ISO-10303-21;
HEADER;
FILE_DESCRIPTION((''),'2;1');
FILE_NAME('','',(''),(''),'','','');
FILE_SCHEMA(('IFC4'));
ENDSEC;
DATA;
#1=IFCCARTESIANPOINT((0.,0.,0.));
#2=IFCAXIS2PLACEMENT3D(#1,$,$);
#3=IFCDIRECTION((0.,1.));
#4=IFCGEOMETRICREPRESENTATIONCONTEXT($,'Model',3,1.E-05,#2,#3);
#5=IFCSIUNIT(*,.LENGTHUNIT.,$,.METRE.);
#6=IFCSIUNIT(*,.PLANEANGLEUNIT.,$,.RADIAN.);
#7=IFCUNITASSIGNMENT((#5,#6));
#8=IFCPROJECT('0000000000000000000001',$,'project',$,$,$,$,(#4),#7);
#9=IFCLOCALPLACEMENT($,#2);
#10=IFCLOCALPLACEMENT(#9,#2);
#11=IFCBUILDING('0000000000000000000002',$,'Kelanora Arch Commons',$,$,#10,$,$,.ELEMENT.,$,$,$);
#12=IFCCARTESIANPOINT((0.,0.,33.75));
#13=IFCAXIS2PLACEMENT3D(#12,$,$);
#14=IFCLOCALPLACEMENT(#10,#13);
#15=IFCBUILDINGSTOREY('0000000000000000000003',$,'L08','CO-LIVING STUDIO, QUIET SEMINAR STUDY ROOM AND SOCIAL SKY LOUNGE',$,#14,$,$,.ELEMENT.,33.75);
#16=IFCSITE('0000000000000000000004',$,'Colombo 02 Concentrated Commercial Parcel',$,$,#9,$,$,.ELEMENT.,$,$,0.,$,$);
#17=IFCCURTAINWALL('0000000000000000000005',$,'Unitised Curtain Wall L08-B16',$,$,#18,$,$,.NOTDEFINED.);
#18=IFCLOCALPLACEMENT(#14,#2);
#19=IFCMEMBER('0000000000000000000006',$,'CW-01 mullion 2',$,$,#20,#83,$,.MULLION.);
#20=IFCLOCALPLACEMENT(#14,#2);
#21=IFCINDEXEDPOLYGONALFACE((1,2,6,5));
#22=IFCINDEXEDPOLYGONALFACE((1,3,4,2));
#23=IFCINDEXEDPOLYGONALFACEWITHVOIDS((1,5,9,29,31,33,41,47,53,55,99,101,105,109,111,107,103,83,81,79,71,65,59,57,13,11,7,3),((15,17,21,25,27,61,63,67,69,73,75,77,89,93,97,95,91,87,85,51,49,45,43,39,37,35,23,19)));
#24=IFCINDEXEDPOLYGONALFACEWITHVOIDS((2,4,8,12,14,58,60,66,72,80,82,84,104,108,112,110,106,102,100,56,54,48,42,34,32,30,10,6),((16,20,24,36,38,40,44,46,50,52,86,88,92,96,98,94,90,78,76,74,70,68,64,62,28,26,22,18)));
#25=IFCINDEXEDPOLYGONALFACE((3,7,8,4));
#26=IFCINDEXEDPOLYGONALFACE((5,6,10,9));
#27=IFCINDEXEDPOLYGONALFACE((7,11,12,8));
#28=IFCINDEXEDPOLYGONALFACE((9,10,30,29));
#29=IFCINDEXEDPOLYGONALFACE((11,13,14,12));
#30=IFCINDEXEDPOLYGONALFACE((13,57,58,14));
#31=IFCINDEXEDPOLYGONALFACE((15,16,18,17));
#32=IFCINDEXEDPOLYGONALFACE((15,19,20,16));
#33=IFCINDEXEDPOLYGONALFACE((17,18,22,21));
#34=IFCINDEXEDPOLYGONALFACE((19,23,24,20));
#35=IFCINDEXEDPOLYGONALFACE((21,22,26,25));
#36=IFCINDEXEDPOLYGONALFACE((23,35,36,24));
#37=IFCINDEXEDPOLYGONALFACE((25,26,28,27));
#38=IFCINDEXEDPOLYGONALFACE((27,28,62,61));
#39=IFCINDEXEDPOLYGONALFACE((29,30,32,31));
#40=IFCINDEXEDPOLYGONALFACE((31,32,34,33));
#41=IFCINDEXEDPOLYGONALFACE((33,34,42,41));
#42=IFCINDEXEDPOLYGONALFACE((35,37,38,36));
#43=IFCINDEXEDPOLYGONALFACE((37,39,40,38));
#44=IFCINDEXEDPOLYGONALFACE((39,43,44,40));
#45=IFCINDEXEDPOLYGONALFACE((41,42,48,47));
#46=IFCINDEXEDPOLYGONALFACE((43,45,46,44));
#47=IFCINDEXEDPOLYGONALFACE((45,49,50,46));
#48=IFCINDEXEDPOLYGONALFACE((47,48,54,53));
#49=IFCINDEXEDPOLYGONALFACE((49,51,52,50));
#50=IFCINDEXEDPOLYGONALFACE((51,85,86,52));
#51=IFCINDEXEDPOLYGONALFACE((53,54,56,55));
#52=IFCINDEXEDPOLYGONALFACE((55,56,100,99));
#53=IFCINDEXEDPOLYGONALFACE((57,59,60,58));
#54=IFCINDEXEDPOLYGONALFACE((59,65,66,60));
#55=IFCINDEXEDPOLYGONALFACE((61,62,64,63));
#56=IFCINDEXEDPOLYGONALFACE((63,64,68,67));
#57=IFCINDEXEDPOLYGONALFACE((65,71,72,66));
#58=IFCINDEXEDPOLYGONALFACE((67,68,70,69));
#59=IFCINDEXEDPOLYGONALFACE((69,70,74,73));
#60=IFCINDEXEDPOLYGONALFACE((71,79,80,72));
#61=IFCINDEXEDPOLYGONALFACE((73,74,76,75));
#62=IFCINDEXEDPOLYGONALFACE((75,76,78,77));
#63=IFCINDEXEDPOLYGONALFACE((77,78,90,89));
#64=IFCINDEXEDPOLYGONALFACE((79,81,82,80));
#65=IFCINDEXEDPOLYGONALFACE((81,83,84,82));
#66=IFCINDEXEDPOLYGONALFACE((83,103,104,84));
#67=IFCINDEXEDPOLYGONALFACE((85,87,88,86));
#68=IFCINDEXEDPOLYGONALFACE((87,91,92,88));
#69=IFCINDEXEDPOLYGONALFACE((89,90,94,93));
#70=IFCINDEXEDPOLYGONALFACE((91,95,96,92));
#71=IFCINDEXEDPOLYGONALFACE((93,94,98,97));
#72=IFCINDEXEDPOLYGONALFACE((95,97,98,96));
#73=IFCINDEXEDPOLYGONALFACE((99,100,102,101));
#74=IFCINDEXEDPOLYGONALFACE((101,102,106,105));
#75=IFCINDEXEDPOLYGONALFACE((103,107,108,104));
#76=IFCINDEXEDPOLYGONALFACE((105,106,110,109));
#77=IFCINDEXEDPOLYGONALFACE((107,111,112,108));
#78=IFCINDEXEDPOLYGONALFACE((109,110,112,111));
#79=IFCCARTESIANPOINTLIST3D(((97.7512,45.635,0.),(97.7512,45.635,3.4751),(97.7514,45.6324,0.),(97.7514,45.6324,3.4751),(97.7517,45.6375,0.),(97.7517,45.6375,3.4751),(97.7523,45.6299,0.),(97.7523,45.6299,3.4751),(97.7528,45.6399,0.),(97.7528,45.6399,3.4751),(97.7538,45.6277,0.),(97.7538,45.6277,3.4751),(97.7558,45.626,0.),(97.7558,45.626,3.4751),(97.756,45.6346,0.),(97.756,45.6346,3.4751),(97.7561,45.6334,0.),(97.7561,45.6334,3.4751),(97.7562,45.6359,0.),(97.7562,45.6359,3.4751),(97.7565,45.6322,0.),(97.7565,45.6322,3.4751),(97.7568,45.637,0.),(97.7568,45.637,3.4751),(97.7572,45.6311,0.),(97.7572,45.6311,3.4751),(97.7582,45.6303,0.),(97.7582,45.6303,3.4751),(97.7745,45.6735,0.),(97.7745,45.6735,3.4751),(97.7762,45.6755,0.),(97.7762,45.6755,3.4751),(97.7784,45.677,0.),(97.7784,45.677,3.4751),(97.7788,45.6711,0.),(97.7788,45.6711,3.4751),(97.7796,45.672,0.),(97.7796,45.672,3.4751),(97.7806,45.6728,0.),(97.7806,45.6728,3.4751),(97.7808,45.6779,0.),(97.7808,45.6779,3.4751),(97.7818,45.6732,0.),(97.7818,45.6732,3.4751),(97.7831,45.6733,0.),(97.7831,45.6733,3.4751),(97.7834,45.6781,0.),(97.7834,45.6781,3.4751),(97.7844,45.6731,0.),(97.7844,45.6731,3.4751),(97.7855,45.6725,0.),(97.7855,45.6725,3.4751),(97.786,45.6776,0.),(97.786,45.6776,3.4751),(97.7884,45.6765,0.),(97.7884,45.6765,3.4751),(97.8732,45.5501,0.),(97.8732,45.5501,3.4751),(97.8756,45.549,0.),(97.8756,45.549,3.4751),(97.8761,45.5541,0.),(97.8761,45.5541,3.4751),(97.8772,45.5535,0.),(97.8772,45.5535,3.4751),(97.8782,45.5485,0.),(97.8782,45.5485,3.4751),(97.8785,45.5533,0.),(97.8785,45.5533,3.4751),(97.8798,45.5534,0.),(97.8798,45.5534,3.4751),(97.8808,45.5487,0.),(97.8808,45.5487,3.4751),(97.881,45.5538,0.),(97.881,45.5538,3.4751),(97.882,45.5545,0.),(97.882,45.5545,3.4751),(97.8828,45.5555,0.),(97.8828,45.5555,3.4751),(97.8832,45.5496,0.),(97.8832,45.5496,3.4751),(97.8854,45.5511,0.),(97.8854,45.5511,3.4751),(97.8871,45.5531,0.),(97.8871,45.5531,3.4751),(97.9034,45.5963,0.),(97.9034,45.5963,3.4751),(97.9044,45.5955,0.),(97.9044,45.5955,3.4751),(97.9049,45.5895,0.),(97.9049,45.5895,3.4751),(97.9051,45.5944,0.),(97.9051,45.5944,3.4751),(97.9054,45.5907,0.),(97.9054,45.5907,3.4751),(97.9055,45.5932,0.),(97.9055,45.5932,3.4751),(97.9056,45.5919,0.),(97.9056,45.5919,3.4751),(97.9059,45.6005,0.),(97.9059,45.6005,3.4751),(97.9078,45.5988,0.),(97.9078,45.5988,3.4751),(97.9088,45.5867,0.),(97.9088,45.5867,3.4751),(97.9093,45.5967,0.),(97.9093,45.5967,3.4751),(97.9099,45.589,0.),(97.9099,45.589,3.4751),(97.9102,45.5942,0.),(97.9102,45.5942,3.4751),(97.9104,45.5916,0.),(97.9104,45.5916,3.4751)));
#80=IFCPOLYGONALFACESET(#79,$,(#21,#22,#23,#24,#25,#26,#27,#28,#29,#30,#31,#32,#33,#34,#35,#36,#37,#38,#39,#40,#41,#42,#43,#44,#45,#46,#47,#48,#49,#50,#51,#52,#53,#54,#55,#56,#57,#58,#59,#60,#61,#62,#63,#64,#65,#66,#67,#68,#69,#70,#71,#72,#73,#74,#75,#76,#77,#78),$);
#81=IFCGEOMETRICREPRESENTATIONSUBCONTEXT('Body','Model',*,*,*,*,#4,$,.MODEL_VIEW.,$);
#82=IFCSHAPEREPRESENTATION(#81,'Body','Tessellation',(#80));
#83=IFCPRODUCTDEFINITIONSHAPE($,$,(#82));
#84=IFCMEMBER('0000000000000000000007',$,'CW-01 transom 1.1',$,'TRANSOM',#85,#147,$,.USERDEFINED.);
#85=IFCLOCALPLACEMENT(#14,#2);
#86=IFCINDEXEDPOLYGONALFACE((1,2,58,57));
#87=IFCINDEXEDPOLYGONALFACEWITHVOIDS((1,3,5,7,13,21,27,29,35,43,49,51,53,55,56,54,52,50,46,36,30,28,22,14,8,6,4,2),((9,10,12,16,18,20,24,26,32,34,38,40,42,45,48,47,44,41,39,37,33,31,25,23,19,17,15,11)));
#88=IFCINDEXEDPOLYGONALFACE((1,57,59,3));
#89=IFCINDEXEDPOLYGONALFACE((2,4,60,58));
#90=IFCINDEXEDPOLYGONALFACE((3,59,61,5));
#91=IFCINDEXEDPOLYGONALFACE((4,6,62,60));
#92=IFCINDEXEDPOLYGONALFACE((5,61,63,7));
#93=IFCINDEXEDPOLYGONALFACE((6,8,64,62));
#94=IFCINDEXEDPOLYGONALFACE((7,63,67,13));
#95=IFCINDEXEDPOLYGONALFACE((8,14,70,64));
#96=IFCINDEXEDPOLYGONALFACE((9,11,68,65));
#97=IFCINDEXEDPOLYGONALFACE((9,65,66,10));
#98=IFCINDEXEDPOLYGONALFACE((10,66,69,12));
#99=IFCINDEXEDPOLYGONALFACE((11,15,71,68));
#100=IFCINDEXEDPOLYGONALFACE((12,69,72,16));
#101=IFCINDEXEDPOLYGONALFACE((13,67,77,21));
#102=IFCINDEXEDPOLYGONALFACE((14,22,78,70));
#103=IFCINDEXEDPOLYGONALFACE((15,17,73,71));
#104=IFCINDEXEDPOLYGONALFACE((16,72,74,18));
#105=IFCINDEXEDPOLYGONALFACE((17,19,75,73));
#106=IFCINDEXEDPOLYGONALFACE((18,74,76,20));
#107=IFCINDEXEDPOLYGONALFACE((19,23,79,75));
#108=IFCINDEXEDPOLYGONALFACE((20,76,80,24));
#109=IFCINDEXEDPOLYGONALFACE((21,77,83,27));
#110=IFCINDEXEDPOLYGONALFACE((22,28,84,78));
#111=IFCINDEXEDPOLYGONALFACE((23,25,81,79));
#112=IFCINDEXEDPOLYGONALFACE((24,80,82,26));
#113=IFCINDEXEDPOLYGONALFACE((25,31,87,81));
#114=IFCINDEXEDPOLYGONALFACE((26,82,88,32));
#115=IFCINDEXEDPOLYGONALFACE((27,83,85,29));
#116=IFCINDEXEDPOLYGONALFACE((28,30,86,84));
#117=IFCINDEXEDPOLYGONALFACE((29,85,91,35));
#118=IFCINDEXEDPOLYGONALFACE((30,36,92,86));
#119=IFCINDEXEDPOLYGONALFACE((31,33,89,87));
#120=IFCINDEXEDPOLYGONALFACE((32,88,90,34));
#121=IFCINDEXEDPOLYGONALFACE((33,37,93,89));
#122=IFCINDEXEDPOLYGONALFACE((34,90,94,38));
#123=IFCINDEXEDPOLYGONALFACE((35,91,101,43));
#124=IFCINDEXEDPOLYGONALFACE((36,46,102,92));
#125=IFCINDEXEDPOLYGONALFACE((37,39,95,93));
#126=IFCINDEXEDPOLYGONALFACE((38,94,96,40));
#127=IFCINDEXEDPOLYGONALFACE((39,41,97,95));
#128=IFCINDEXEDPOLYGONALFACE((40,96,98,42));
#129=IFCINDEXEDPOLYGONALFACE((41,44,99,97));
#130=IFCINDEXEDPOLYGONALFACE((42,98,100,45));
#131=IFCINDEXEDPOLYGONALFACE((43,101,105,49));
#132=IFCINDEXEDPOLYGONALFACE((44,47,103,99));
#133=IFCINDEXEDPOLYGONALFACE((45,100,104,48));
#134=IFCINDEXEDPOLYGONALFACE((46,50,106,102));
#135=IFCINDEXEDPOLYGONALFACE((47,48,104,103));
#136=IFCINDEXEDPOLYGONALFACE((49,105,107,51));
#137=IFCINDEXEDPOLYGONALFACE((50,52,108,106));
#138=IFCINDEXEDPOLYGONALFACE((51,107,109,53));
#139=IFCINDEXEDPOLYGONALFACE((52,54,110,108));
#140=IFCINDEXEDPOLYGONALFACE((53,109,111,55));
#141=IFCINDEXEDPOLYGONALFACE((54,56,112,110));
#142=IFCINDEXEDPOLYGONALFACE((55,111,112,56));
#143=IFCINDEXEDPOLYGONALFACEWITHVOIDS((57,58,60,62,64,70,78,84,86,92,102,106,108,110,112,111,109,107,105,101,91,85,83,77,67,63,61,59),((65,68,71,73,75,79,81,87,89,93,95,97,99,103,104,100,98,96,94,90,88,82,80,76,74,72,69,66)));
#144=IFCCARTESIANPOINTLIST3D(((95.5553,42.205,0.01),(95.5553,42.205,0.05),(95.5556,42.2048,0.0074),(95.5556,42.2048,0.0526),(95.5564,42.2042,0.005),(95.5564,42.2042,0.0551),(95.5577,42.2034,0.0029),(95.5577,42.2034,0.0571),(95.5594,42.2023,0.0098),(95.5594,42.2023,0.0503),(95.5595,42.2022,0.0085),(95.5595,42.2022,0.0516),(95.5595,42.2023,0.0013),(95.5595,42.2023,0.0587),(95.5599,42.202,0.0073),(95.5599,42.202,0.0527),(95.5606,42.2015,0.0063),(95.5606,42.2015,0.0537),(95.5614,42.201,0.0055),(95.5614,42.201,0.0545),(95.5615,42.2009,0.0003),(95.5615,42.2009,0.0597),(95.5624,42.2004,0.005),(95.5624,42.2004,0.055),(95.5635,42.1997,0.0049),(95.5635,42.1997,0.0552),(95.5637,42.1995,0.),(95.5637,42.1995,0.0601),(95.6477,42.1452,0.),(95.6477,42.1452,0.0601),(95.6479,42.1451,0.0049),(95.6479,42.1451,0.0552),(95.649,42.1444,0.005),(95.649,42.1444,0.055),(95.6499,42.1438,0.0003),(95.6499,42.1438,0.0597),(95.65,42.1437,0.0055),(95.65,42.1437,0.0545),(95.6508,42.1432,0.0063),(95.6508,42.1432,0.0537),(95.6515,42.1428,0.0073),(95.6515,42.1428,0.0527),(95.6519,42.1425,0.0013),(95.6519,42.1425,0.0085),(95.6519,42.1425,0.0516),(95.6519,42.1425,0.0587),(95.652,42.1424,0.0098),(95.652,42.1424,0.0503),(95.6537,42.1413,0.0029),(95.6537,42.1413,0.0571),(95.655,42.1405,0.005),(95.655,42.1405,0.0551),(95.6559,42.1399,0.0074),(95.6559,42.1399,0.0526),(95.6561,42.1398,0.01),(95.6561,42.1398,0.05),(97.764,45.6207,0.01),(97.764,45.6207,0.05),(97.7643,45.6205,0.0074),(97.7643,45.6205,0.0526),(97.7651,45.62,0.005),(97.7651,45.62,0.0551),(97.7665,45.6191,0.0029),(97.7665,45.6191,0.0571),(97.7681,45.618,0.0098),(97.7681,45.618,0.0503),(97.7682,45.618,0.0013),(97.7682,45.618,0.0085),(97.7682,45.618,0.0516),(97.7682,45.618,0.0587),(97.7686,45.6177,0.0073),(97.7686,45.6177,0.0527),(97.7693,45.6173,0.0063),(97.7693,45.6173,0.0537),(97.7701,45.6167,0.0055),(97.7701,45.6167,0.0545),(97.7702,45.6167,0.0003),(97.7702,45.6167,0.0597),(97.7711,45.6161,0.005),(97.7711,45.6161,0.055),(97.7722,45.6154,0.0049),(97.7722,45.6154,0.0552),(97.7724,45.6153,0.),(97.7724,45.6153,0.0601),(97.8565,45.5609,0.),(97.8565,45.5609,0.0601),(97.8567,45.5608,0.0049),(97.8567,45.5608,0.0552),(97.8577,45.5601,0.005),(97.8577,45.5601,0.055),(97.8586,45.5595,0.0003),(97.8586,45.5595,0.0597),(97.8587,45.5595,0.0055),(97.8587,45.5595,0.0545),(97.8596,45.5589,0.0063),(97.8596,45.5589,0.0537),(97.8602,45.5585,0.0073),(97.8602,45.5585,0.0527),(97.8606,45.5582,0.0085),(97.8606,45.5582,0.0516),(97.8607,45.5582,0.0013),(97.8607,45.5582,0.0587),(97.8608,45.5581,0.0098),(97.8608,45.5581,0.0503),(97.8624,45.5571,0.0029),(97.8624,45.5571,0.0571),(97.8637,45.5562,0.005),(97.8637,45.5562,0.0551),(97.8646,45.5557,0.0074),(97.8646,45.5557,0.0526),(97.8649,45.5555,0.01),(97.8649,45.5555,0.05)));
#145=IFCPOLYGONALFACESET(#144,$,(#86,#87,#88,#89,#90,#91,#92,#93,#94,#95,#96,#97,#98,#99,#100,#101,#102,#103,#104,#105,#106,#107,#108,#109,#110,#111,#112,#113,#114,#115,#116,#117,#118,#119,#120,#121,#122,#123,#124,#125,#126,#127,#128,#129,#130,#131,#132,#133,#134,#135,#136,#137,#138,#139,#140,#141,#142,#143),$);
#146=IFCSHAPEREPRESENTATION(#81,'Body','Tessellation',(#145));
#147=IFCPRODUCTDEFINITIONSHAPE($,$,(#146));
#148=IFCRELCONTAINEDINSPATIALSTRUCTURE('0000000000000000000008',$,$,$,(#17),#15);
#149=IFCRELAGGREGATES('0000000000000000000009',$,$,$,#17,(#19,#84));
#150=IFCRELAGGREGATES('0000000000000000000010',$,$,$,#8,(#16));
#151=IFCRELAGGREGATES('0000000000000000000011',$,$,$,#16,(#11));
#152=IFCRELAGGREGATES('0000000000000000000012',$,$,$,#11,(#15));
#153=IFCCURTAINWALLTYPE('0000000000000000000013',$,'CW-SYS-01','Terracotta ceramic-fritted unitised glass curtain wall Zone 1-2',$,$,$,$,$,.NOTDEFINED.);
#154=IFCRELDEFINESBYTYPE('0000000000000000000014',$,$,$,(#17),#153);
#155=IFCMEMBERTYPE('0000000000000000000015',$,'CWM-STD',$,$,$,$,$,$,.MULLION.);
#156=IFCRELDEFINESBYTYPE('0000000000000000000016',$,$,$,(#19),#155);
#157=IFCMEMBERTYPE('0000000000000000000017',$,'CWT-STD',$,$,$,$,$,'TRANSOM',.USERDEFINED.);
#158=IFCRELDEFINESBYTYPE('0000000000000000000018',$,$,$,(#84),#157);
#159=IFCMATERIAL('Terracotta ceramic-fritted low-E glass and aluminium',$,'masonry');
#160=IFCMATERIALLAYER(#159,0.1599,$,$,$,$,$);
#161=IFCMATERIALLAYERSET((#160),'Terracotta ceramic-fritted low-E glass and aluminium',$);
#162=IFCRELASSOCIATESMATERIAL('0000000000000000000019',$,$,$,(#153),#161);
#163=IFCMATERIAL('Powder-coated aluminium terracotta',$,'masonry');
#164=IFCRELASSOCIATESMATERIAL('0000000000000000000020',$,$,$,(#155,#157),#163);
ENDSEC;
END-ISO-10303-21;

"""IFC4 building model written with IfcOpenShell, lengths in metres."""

from ifc_helpers import new_model, si_unit, direction, frame, origin, origin_2d, place, context, subcontext, project, spatial, hollow_rectangle, extrude, material, layer, layer_set, material_profile, profile_set, type_object, element, aggregate, save


model = new_model("IFC4")

# Units and contexts
model_context = context("Model", 3, precision=1e-05, world=origin(), true_north=direction((0.0, 1.0)))
body_context = subcontext(model_context, "Body", "Model", "MODEL_VIEW")
ifc_project = project(units=[si_unit("LENGTHUNIT", "METRE"), si_unit("PLANEANGLEUNIT", "RADIAN")], contexts=[model_context])

# Site, building, storey
site_placement = place(None, origin())
site = spatial("IfcSite", under=ifc_project, at=site_placement, Name="Colombo 02 Concentrated Commercial Parcel", CompositionType="ELEMENT", RefElevation=0.0)
building_placement = place(site_placement, origin())
building = spatial("IfcBuilding", under=site, at=building_placement, Name="Kelanora Arch Commons", CompositionType="ELEMENT")
storey_placement = place(building_placement, frame((0.0, 0.0, 33.75)))
storey = spatial("IfcBuildingStorey", under=building, at=storey_placement, Name="L08", Description="CO-LIVING STUDIO, QUIET SEMINAR STUDY ROOM AND SOCIAL SKY LOUNGE", CompositionType="ELEMENT", Elevation=33.75)

# Shared definitions
ifc_material_1 = material(Name="Terracotta ceramic-fritted low-E glass and aluminium", Category="masonry")
ifc_layer_1 = layer(ifc_material_1, 0.1599)
ifc_layer_set_1 = layer_set([ifc_layer_1], Name="Terracotta ceramic-fritted low-E glass and aluminium")
curtain_wall_type = type_object("IfcCurtainWallType", Name="CW-SYS-01", Description="Terracotta ceramic-fritted unitised glass curtain wall Zone 1-2", PredefinedType="NOTDEFINED", material=ifc_layer_set_1)
ifc_material_2 = material(Name="Powder-coated aluminium terracotta", Category="masonry")
ifc_material_profile_1 = material_profile(ifc_material_2, hollow_rectangle(XDim=0.1599, YDim=0.0601, WallThickness=0.0049, InnerFilletRadius=0.0049, OuterFilletRadius=0.01, at=origin_2d()), Name="CWM160x60")
ifc_profile_set_1 = profile_set([ifc_material_profile_1], Name="Powder-coated aluminium terracotta")
member_type_1 = type_object("IfcMemberType", Name="CWM-STD", PredefinedType="MULLION", material=ifc_profile_set_1)

# Curtain wall, members
curtain_wall_1_placement = place(storey_placement, origin())
curtain_wall_1 = element("IfcCurtainWall", 1, at=curtain_wall_1_placement, inside=storey, type_object=curtain_wall_type, Name="Unitised Curtain Wall L08-B16", PredefinedType="NOTDEFINED")
member_1_placement = place(storey_placement, frame((97.8308, 45.6133, 0.0), z_axis=(0.0, 0.0, 1.0), x_axis=(-0.83973, 0.543004, 0.0)))
member_1 = element("IfcMember", 2, at=member_1_placement, type_object=member_type_1, Name="CW-01 mullion 2", PredefinedType="MULLION", context=body_context, shape_type="SweptSolid", body=[
    extrude(hollow_rectangle(XDim=0.1599, YDim=0.0601, WallThickness=0.0049, InnerFilletRadius=0.0049, OuterFilletRadius=0.01, at=origin_2d()), origin(), (0.0, 0.0, 1.0), 3.4751),
])
ifc_material_profile_2 = material_profile(ifc_material_2, hollow_rectangle(XDim=0.1201, YDim=0.0601, WallThickness=0.0049, InnerFilletRadius=0.0049, OuterFilletRadius=0.01, at=origin_2d()), Name="CWT120x60")
ifc_profile_set_2 = profile_set([ifc_material_profile_2], Name="Powder-coated aluminium terracotta")
member_type_2 = type_object("IfcMemberType", Name="CWT-STD", ElementType="TRANSOM", PredefinedType="USERDEFINED", material=ifc_profile_set_2)
member_2_placement = place(storey_placement, frame((95.6057, 42.1724, 0.03), z_axis=(0.542997, 0.839734, 0.0), x_axis=(-0.839734, 0.542997, 0.0)))
member_2 = element("IfcMember", 3, at=member_2_placement, type_object=member_type_2, Name="CW-01 transom 1.1", ObjectType="TRANSOM", PredefinedType="USERDEFINED", context=body_context, shape_type="SweptSolid", body=[
    extrude(hollow_rectangle(XDim=0.1201, YDim=0.0601, WallThickness=0.0049, InnerFilletRadius=0.0049, OuterFilletRadius=0.01, at=origin_2d()), origin(), (0.0, 0.0, 1.0), 4.0676),
])
aggregate(curtain_wall_1, [member_1, member_2])

save(model, "model.ifc")
